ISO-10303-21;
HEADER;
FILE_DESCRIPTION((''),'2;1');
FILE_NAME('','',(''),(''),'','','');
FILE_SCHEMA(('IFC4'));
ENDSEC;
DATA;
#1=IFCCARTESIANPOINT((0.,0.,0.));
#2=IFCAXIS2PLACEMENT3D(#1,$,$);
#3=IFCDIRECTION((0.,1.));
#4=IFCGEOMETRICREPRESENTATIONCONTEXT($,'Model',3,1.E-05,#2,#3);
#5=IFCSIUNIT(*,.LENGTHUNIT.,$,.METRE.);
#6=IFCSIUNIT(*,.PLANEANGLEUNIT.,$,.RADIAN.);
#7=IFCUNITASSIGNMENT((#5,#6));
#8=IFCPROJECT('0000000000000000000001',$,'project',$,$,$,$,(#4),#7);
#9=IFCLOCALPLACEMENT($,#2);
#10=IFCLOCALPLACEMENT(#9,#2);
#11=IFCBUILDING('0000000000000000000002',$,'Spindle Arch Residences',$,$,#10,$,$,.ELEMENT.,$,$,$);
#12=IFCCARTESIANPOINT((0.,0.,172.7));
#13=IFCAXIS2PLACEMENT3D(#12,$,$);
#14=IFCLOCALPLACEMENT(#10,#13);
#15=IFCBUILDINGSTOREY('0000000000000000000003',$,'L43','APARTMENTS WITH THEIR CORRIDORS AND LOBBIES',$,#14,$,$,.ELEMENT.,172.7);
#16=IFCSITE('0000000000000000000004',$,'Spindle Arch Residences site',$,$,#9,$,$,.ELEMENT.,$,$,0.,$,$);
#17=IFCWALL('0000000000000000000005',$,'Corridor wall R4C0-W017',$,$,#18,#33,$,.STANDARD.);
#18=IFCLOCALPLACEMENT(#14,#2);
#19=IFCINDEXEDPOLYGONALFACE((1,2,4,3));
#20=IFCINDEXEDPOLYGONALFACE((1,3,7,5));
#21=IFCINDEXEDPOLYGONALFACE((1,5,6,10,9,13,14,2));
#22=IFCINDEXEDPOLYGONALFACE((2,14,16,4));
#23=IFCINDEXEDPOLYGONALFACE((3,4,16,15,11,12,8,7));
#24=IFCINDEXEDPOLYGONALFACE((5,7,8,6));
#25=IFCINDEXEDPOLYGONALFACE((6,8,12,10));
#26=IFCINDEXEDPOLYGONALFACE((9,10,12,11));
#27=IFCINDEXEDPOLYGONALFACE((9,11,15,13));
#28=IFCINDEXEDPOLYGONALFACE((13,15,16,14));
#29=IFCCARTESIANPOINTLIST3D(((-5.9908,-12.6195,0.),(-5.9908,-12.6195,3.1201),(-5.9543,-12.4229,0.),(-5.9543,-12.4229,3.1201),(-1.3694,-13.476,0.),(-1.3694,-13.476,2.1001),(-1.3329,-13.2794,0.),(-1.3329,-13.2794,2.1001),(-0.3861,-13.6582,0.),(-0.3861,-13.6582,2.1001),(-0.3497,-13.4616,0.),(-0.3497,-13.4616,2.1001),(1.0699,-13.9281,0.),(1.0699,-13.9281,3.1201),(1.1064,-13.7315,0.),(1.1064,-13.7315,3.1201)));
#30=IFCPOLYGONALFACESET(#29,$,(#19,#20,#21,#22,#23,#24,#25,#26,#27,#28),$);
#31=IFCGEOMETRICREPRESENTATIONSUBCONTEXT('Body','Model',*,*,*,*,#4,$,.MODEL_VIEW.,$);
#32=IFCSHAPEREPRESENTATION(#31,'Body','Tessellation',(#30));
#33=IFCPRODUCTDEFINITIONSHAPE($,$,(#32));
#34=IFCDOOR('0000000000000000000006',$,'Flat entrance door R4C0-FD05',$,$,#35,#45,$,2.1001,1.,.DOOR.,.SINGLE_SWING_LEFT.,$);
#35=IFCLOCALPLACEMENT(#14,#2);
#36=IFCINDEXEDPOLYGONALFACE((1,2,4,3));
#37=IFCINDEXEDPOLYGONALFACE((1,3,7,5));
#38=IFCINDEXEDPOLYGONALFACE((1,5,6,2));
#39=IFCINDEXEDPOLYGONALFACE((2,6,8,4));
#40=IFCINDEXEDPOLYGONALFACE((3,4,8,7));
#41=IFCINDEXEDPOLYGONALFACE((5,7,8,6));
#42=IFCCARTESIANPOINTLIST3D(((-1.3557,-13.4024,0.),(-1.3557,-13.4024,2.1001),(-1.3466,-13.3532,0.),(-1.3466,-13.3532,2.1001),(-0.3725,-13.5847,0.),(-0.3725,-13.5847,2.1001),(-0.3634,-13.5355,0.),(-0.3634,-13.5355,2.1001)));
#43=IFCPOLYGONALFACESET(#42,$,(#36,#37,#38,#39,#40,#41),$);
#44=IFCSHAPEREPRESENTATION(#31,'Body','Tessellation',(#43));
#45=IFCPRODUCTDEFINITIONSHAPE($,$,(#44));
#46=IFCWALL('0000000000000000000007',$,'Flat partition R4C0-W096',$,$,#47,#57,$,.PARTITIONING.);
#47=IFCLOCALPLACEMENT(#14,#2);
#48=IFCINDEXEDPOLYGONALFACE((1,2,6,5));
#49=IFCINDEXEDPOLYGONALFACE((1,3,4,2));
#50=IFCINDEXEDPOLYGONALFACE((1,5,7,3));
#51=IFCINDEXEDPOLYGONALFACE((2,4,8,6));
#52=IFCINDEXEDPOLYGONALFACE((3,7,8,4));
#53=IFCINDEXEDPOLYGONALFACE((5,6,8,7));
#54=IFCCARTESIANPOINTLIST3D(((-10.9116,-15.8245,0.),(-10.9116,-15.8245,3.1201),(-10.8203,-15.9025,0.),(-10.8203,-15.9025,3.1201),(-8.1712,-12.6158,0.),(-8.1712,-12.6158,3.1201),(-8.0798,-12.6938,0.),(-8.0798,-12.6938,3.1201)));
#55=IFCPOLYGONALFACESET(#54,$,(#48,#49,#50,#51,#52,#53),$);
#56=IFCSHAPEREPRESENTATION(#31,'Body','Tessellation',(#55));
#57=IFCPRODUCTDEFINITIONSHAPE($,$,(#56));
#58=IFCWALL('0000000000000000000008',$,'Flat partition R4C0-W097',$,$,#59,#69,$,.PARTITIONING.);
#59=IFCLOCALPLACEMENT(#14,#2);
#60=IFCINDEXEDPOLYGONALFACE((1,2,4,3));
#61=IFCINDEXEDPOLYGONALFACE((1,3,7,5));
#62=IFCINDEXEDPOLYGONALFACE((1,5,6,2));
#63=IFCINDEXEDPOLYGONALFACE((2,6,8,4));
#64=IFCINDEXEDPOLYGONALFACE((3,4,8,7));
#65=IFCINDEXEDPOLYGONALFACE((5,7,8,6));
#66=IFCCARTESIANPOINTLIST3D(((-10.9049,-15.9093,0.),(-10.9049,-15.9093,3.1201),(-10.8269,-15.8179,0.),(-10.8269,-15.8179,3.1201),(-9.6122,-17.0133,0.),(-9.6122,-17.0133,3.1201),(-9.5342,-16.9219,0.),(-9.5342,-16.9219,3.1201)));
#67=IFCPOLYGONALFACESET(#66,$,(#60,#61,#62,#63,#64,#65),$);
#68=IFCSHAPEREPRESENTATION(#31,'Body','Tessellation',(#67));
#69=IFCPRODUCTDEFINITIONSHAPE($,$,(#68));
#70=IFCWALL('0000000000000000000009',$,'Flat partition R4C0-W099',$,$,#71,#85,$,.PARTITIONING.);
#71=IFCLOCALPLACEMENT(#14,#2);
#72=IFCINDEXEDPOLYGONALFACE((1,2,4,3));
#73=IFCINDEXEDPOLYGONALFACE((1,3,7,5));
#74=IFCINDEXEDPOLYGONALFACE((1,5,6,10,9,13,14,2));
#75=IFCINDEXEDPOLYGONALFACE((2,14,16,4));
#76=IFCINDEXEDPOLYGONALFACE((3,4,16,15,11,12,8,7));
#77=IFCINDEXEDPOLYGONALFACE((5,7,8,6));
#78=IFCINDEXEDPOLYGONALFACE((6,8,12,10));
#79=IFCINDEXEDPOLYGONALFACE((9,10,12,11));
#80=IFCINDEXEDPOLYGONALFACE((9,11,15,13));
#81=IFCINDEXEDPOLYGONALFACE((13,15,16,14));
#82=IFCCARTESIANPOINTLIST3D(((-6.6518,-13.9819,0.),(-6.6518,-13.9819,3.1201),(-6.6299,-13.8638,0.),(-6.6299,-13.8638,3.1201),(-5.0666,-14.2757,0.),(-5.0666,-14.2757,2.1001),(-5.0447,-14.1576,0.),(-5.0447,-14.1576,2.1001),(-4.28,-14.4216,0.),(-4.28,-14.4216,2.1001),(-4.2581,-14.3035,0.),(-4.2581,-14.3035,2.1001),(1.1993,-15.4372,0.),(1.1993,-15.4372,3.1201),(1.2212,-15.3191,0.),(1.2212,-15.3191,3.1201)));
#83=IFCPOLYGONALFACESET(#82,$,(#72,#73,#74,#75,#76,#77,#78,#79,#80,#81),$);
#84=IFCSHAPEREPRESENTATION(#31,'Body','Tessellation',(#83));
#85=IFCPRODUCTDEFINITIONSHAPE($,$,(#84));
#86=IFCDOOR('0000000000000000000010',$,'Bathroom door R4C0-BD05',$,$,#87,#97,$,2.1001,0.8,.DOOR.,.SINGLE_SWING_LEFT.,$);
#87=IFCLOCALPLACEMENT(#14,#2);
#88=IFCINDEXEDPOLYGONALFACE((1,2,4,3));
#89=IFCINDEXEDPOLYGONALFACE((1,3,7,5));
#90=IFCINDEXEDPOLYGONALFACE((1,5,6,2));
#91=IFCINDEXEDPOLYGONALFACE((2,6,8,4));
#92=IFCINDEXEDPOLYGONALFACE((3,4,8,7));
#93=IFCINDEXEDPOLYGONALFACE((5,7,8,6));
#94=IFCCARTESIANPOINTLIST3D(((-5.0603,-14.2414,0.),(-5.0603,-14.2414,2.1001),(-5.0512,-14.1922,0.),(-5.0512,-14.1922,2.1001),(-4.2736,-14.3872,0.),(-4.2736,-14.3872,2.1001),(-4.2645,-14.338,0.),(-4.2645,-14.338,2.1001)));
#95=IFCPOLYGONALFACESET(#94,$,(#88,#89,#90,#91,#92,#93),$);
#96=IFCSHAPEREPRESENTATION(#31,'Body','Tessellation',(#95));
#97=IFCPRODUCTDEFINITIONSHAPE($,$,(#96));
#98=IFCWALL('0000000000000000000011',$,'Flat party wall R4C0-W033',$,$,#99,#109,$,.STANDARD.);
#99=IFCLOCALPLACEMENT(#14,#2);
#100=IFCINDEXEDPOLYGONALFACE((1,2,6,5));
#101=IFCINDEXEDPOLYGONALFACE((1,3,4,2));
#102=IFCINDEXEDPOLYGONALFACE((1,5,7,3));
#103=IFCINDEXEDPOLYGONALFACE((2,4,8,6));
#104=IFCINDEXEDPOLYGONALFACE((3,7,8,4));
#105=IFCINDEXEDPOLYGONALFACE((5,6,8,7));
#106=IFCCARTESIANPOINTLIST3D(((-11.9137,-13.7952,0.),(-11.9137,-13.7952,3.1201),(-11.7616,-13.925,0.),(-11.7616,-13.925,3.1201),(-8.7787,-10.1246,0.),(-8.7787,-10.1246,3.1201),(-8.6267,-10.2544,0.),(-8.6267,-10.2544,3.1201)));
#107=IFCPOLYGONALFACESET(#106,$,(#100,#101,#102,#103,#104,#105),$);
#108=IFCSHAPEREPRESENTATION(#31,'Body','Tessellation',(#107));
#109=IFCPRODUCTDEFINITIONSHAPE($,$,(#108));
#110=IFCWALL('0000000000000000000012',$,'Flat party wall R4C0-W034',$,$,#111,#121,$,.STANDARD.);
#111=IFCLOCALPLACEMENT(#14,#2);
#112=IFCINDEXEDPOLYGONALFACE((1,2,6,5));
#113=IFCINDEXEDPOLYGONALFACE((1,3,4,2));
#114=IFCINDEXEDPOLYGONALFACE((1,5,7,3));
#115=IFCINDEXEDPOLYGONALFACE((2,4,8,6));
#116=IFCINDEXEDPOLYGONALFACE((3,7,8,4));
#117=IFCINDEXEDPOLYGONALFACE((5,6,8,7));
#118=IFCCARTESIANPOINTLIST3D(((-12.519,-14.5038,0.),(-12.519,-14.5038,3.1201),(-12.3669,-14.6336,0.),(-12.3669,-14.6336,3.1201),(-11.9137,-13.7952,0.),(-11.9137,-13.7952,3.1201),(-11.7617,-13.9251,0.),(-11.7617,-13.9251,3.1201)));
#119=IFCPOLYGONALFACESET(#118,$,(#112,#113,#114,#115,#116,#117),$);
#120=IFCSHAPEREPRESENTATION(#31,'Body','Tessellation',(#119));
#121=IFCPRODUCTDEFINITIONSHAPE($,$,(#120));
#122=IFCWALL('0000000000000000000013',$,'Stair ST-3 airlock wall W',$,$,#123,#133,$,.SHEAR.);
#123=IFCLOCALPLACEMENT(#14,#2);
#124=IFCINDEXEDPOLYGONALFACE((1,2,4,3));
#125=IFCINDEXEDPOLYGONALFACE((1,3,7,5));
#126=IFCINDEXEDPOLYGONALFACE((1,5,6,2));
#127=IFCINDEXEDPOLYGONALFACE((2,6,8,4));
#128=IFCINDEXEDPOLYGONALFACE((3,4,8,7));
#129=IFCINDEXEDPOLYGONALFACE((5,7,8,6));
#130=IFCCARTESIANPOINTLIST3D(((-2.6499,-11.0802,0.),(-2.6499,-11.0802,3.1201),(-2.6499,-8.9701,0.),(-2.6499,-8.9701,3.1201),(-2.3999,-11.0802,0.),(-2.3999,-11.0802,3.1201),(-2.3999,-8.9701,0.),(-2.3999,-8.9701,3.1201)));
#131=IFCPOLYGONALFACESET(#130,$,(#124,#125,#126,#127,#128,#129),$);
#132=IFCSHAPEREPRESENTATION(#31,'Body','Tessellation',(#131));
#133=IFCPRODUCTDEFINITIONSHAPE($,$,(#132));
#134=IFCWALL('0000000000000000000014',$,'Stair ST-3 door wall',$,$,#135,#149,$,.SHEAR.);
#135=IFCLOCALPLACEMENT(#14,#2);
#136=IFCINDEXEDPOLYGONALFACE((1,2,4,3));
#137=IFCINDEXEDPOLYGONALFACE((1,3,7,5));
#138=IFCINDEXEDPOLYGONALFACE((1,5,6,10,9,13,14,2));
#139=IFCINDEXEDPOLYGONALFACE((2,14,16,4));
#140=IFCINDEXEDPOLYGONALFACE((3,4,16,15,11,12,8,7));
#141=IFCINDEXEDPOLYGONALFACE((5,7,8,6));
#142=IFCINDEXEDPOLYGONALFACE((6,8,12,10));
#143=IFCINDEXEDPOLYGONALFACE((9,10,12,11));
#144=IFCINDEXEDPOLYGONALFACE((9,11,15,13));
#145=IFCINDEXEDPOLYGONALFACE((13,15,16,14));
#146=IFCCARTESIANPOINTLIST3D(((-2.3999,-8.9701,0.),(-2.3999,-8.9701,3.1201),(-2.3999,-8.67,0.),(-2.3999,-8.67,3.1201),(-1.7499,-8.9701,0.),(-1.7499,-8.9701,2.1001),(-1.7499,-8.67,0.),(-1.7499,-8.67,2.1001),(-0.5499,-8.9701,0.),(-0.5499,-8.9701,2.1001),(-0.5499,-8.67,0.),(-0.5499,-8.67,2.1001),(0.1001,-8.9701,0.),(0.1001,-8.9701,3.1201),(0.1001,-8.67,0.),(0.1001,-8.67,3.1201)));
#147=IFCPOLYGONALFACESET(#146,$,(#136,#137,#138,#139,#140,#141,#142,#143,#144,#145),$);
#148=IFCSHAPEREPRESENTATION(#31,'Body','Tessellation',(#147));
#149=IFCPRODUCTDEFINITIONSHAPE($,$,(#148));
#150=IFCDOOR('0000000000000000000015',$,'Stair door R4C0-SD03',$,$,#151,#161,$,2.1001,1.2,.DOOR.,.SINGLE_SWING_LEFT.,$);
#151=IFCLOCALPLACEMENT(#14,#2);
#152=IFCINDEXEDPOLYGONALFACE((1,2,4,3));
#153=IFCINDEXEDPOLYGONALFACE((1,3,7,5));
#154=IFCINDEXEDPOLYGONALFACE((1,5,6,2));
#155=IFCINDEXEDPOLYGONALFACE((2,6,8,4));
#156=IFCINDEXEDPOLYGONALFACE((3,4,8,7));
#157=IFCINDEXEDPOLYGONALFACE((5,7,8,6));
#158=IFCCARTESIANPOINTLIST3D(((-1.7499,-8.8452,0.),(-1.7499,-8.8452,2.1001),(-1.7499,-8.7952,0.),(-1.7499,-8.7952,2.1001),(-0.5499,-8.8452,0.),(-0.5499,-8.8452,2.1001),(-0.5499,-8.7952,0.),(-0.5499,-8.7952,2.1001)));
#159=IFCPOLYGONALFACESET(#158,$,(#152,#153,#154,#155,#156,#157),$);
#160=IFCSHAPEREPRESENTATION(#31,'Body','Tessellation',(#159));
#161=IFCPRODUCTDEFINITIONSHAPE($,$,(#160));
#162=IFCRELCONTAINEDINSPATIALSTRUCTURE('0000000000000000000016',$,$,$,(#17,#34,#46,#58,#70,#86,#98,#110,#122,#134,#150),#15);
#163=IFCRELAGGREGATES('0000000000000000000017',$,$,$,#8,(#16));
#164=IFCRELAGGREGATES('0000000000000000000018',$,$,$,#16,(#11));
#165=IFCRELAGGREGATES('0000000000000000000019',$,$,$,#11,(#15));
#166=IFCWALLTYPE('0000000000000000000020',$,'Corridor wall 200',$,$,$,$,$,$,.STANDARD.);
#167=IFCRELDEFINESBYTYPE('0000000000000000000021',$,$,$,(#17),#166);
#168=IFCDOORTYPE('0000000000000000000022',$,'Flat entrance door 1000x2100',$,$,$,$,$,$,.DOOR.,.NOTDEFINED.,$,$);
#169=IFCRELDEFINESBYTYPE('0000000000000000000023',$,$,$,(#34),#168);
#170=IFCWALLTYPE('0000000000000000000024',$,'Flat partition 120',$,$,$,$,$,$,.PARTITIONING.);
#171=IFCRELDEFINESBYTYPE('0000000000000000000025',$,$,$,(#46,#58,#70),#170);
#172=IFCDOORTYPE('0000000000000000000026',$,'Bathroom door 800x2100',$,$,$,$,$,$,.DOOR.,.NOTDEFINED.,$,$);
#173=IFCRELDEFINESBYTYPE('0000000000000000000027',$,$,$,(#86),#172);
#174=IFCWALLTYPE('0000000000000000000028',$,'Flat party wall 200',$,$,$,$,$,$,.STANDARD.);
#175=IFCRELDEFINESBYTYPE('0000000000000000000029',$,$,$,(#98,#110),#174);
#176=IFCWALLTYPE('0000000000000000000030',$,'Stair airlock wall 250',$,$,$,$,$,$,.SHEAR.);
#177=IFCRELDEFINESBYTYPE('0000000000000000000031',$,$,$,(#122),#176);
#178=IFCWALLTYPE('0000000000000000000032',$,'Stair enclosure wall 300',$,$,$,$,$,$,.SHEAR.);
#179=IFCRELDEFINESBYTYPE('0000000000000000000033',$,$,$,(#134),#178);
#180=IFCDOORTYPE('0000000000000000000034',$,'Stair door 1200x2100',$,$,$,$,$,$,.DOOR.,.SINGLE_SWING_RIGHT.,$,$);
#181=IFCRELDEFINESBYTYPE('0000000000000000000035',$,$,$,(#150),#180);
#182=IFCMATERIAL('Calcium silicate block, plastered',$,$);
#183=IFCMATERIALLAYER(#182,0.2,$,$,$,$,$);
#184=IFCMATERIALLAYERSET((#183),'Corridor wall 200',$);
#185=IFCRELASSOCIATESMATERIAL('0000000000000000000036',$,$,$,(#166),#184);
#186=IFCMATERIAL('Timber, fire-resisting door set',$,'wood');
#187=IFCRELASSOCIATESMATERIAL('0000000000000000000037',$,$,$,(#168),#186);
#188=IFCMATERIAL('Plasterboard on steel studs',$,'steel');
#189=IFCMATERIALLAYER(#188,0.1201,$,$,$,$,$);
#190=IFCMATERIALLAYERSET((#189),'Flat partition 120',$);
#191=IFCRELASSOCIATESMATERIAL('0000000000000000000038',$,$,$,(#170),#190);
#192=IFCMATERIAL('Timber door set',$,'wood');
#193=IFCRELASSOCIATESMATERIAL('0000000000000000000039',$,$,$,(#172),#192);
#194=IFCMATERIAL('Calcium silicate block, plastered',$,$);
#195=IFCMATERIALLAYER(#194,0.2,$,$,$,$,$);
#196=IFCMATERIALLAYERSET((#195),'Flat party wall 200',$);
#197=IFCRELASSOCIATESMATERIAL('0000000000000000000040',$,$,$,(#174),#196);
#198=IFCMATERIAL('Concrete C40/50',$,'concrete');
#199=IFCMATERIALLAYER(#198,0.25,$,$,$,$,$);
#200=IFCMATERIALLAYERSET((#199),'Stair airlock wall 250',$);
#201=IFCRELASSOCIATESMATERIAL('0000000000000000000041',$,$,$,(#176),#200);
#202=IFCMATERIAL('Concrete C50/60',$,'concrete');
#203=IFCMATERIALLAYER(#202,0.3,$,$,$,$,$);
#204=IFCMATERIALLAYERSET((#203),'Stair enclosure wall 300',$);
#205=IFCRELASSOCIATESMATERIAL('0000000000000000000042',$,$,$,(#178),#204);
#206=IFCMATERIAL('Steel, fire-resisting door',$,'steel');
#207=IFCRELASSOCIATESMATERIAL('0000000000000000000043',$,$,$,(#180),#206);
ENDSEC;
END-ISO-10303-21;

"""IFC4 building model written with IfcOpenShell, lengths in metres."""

from ifc_helpers import new_model, si_unit, direction, frame, frame_2d, origin, place, context, subcontext, project, spatial, rectangle, extrude, material, layer, layer_set, type_object, element, fill, save


model = new_model("IFC4")

# Units and contexts
model_context = context("Model", 3, precision=1e-05, world=origin(), true_north=direction((0.0, 1.0)))
body_context = subcontext(model_context, "Body", "Model", "MODEL_VIEW")
ifc_project = project(units=[si_unit("LENGTHUNIT", "METRE"), si_unit("PLANEANGLEUNIT", "RADIAN")], contexts=[model_context])

# Site, building, storey
site_placement = place(None, origin())
site = spatial("IfcSite", under=ifc_project, at=site_placement, Name="Spindle Arch Residences site", CompositionType="ELEMENT", RefElevation=0.0)
building_placement = place(site_placement, origin())
building = spatial("IfcBuilding", under=site, at=building_placement, Name="Spindle Arch Residences", CompositionType="ELEMENT")
storey_placement = place(building_placement, frame((0.0, 0.0, 172.7)))
storey = spatial("IfcBuildingStorey", under=building, at=storey_placement, Name="L43", Description="APARTMENTS WITH THEIR CORRIDORS AND LOBBIES", CompositionType="ELEMENT", Elevation=172.7)

# Wall, opening, door
ifc_material_1 = material(Name="Calcium silicate block, plastered")
ifc_layer_1 = layer(ifc_material_1, 0.2)
ifc_layer_set_1 = layer_set([ifc_layer_1], Name="Corridor wall 200")
wall_type_1 = type_object("IfcWallType", Name="Corridor wall 200", PredefinedType="STANDARD", material=ifc_layer_set_1)
wall_1_placement = place(storey_placement, frame((-5.9724, -12.5212, 0.0), z_axis=(0.0, 0.0, 1.0), x_axis=(0.983256, -0.182229, 0.0)))
wall_1 = element("IfcWall", 1, at=wall_1_placement, inside=storey, type_object=wall_type_1, Name="Corridor wall R4C0-W017", PredefinedType="STANDARD", context=body_context, shape_type="SweptSolid", body=[
    extrude(rectangle(XDim=7.1809, YDim=0.2, at=frame_2d((3.5903, 0.0))), origin(), (0.0, 0.0, 1.0), 3.1201),
])
opening_1_placement = place(wall_1_placement, frame((4.7, 0.0, 0.0)))
opening_1 = element("IfcOpeningElement", 2, at=opening_1_placement, cuts=wall_1, PredefinedType="OPENING", context=body_context, shape_type="SweptSolid", body=[
    extrude(rectangle(XDim=1.0, YDim=2.1001, at=frame_2d((0.5, 1.05))), frame((0.0, 0.1099, 0.0), z_axis=(0.0, -1.0, 0.0), x_axis=(1.0, 0.0, 0.0)), (0.0, 0.0, 1.0), 0.22),
])
ifc_material_2 = material(Name="Timber, fire-resisting door set", Category="wood")
door_type_1 = type_object("IfcDoorType", Name="Flat entrance door 1000x2100", OperationType="NOTDEFINED", PredefinedType="DOOR", material=ifc_material_2)
door_1_placement = place(opening_1_placement, origin())
door_1 = element("IfcDoor", 3, at=door_1_placement, inside=storey, type_object=door_type_1, Name="Flat entrance door R4C0-FD05", OperationType="SINGLE_SWING_LEFT", OverallHeight=2.1001, OverallWidth=1.0, PredefinedType="DOOR", context=body_context, shape_type="SweptSolid", body=[
    extrude(rectangle(XDim=1.0, YDim=2.1001, at=frame_2d((0.5, 1.05))), frame((0.0, 0.0249, 0.0), z_axis=(0.0, -1.0, 0.0), x_axis=(1.0, 0.0, 0.0)), (0.0, 0.0, 1.0), 0.05),
])
fill(opening_1, door_1)

# Walls
ifc_material_3 = material(Name="Plasterboard on steel studs", Category="steel")
ifc_layer_2 = layer(ifc_material_3, 0.1201)
ifc_layer_set_2 = layer_set([ifc_layer_2], Name="Flat partition 120")
wall_type_2 = type_object("IfcWallType", Name="Flat partition 120", PredefinedType="PARTITIONING", material=ifc_layer_set_2)
wall_2_placement = place(storey_placement, frame((-8.1255, -12.6548, 0.0), z_axis=(0.0, 0.0, 1.0), x_axis=(-0.649442, -0.760411, 0.0)))
element("IfcWall", 4, at=wall_2_placement, inside=storey, type_object=wall_type_2, Name="Flat partition R4C0-W096", PredefinedType="PARTITIONING", context=body_context, shape_type="SweptSolid", body=[
    extrude(rectangle(XDim=4.2197, YDim=0.1201, at=frame_2d((2.1099, 0.0))), origin(), (0.0, 0.0, 1.0), 3.1201),
])
wall_3_placement = place(storey_placement, frame((-10.866, -15.8635, 0.0), z_axis=(0.0, 0.0, 1.0), x_axis=(0.760431, -0.649418, 0.0)))
element("IfcWall", 5, at=wall_3_placement, inside=storey, type_object=wall_type_2, Name="Flat partition R4C0-W097", PredefinedType="PARTITIONING", context=body_context, shape_type="SweptSolid", body=[
    extrude(rectangle(XDim=1.7, YDim=0.1201, at=frame_2d((0.8501, 0.0))), origin(), (0.0, 0.0, 1.0), 3.1201),
])

# Wall, opening, door
wall_4_placement = place(storey_placement, frame((-6.6409, -13.9229, 0.0), z_axis=(0.0, 0.0, 1.0), x_axis=(0.98325, -0.182261, 0.0)))
wall_4 = element("IfcWall", 6, at=wall_4_placement, inside=storey, type_object=wall_type_2, Name="Flat partition R4C0-W099", PredefinedType="PARTITIONING", context=body_context, shape_type="SweptSolid", body=[
    extrude(rectangle(XDim=7.9849, YDim=0.1201, at=frame_2d((3.9924, 0.0))), origin(), (0.0, 0.0, 1.0), 3.1201),
])
opening_2_placement = place(wall_4_placement, frame((1.6123, 0.0, 0.0)))
opening_2 = element("IfcOpeningElement", 7, at=opening_2_placement, cuts=wall_4, PredefinedType="OPENING", context=body_context, shape_type="SweptSolid", body=[
    extrude(rectangle(XDim=0.8, YDim=2.1001, at=frame_2d((0.3999, 1.05))), frame((0.0, 0.0701, 0.0), z_axis=(0.0, -1.0, 0.0), x_axis=(1.0, 0.0, 0.0)), (0.0, 0.0, 1.0), 0.1401),
])
ifc_material_4 = material(Name="Timber door set", Category="wood")
door_type_2 = type_object("IfcDoorType", Name="Bathroom door 800x2100", OperationType="NOTDEFINED", PredefinedType="DOOR", material=ifc_material_4)
door_2_placement = place(opening_2_placement, origin())
door_2 = element("IfcDoor", 8, at=door_2_placement, inside=storey, type_object=door_type_2, Name="Bathroom door R4C0-BD05", OperationType="SINGLE_SWING_LEFT", OverallHeight=2.1001, OverallWidth=0.8, PredefinedType="DOOR", context=body_context, shape_type="SweptSolid", body=[
    extrude(rectangle(XDim=0.8, YDim=2.1001, at=frame_2d((0.3999, 1.05))), frame((0.0, 0.0249, 0.0), z_axis=(0.0, -1.0, 0.0), x_axis=(1.0, 0.0, 0.0)), (0.0, 0.0, 1.0), 0.05),
])
fill(opening_2, door_2)

# Walls
ifc_material_5 = material(Name="Calcium silicate block, plastered")
ifc_layer_3 = layer(ifc_material_5, 0.2)
ifc_layer_set_3 = layer_set([ifc_layer_3], Name="Flat party wall 200")
wall_type_3 = type_object("IfcWallType", Name="Flat party wall 200", PredefinedType="STANDARD", material=ifc_layer_set_3)
wall_5_placement = place(storey_placement, frame((-11.8376, -13.8601, 0.0), z_axis=(0.0, 0.0, 1.0), x_axis=(0.649445, 0.760409, 0.0)))
element("IfcWall", 9, at=wall_5_placement, inside=storey, type_object=wall_type_3, Name="Flat party wall R4C0-W033", PredefinedType="STANDARD", context=body_context, shape_type="SweptSolid", body=[
    extrude(rectangle(XDim=4.8271, YDim=0.2, at=frame_2d((2.4136, 0.0))), origin(), (0.0, 0.0, 1.0), 3.1201),
])
wall_6_placement = place(storey_placement, frame((-12.4429, -14.5686, 0.0), z_axis=(0.0, 0.0, 1.0), x_axis=(0.649517, 0.760347, 0.0)))
element("IfcWall", 10, at=wall_6_placement, inside=storey, type_object=wall_type_3, Name="Flat party wall R4C0-W034", PredefinedType="STANDARD", context=body_context, shape_type="SweptSolid", body=[
    extrude(rectangle(XDim=0.9319, YDim=0.2, at=frame_2d((0.4658, 0.0))), origin(), (0.0, 0.0, 1.0), 3.1201),
])
ifc_material_6 = material(Name="Concrete C40/50", Category="concrete")
ifc_layer_4 = layer(ifc_material_6, 0.25)
ifc_layer_set_4 = layer_set([ifc_layer_4], Name="Stair airlock wall 250")
wall_type_4 = type_object("IfcWallType", Name="Stair airlock wall 250", PredefinedType="SHEAR", material=ifc_layer_set_4)
wall_7_placement = place(storey_placement, frame((-2.5249, -8.97, 0.0), z_axis=(0.0, 0.0, 1.0), x_axis=(0.0, -1.0, 0.0)))
element("IfcWall", 11, at=wall_7_placement, inside=storey, type_object=wall_type_4, Name="Stair ST-3 airlock wall W", PredefinedType="SHEAR", context=body_context, shape_type="SweptSolid", body=[
    extrude(rectangle(XDim=2.1101, YDim=0.25, at=frame_2d((1.0552, 0.0))), origin(), (0.0, 0.0, 1.0), 3.1201),
])

# Wall, opening, door
ifc_material_7 = material(Name="Concrete C50/60", Category="concrete")
ifc_layer_5 = layer(ifc_material_7, 0.3)
ifc_layer_set_5 = layer_set([ifc_layer_5], Name="Stair enclosure wall 300")
wall_type_5 = type_object("IfcWallType", Name="Stair enclosure wall 300", PredefinedType="SHEAR", material=ifc_layer_set_5)
wall_8_placement = place(storey_placement, frame((-2.3999, -8.8201, 0.0), z_axis=(0.0, 0.0, 1.0), x_axis=(1.0, 0.0, 0.0)))
wall_8 = element("IfcWall", 12, at=wall_8_placement, inside=storey, type_object=wall_type_5, Name="Stair ST-3 door wall", PredefinedType="SHEAR", context=body_context, shape_type="SweptSolid", body=[
    extrude(rectangle(XDim=2.5, YDim=0.3, at=frame_2d((1.25, 0.0))), origin(), (0.0, 0.0, 1.0), 3.1201),
])
opening_3_placement = place(wall_8_placement, frame((0.6499, 0.0, 0.0)))
opening_3 = element("IfcOpeningElement", 13, at=opening_3_placement, cuts=wall_8, PredefinedType="OPENING", context=body_context, shape_type="SweptSolid", body=[
    extrude(rectangle(XDim=1.2, YDim=2.1001, at=frame_2d((0.6001, 1.05))), frame((0.0, 0.1602, 0.0), z_axis=(0.0, -1.0, 0.0), x_axis=(1.0, 0.0, 0.0)), (0.0, 0.0, 1.0), 0.3201),
])
ifc_material_8 = material(Name="Steel, fire-resisting door", Category="steel")
door_type_3 = type_object("IfcDoorType", Name="Stair door 1200x2100", OperationType="SINGLE_SWING_RIGHT", PredefinedType="DOOR", material=ifc_material_8)
door_3_placement = place(opening_3_placement, origin())
door_3 = element("IfcDoor", 14, at=door_3_placement, inside=storey, type_object=door_type_3, Name="Stair door R4C0-SD03", OperationType="SINGLE_SWING_LEFT", OverallHeight=2.1001, OverallWidth=1.2, PredefinedType="DOOR", context=body_context, shape_type="SweptSolid", body=[
    extrude(rectangle(XDim=1.2, YDim=2.1001, at=frame_2d((0.6001, 1.05))), frame((0.0, 0.0249, 0.0), z_axis=(0.0, -1.0, 0.0), x_axis=(1.0, 0.0, 0.0)), (0.0, 0.0, 1.0), 0.05),
])
fill(opening_3, door_3)

save(model, "model.ifc")
